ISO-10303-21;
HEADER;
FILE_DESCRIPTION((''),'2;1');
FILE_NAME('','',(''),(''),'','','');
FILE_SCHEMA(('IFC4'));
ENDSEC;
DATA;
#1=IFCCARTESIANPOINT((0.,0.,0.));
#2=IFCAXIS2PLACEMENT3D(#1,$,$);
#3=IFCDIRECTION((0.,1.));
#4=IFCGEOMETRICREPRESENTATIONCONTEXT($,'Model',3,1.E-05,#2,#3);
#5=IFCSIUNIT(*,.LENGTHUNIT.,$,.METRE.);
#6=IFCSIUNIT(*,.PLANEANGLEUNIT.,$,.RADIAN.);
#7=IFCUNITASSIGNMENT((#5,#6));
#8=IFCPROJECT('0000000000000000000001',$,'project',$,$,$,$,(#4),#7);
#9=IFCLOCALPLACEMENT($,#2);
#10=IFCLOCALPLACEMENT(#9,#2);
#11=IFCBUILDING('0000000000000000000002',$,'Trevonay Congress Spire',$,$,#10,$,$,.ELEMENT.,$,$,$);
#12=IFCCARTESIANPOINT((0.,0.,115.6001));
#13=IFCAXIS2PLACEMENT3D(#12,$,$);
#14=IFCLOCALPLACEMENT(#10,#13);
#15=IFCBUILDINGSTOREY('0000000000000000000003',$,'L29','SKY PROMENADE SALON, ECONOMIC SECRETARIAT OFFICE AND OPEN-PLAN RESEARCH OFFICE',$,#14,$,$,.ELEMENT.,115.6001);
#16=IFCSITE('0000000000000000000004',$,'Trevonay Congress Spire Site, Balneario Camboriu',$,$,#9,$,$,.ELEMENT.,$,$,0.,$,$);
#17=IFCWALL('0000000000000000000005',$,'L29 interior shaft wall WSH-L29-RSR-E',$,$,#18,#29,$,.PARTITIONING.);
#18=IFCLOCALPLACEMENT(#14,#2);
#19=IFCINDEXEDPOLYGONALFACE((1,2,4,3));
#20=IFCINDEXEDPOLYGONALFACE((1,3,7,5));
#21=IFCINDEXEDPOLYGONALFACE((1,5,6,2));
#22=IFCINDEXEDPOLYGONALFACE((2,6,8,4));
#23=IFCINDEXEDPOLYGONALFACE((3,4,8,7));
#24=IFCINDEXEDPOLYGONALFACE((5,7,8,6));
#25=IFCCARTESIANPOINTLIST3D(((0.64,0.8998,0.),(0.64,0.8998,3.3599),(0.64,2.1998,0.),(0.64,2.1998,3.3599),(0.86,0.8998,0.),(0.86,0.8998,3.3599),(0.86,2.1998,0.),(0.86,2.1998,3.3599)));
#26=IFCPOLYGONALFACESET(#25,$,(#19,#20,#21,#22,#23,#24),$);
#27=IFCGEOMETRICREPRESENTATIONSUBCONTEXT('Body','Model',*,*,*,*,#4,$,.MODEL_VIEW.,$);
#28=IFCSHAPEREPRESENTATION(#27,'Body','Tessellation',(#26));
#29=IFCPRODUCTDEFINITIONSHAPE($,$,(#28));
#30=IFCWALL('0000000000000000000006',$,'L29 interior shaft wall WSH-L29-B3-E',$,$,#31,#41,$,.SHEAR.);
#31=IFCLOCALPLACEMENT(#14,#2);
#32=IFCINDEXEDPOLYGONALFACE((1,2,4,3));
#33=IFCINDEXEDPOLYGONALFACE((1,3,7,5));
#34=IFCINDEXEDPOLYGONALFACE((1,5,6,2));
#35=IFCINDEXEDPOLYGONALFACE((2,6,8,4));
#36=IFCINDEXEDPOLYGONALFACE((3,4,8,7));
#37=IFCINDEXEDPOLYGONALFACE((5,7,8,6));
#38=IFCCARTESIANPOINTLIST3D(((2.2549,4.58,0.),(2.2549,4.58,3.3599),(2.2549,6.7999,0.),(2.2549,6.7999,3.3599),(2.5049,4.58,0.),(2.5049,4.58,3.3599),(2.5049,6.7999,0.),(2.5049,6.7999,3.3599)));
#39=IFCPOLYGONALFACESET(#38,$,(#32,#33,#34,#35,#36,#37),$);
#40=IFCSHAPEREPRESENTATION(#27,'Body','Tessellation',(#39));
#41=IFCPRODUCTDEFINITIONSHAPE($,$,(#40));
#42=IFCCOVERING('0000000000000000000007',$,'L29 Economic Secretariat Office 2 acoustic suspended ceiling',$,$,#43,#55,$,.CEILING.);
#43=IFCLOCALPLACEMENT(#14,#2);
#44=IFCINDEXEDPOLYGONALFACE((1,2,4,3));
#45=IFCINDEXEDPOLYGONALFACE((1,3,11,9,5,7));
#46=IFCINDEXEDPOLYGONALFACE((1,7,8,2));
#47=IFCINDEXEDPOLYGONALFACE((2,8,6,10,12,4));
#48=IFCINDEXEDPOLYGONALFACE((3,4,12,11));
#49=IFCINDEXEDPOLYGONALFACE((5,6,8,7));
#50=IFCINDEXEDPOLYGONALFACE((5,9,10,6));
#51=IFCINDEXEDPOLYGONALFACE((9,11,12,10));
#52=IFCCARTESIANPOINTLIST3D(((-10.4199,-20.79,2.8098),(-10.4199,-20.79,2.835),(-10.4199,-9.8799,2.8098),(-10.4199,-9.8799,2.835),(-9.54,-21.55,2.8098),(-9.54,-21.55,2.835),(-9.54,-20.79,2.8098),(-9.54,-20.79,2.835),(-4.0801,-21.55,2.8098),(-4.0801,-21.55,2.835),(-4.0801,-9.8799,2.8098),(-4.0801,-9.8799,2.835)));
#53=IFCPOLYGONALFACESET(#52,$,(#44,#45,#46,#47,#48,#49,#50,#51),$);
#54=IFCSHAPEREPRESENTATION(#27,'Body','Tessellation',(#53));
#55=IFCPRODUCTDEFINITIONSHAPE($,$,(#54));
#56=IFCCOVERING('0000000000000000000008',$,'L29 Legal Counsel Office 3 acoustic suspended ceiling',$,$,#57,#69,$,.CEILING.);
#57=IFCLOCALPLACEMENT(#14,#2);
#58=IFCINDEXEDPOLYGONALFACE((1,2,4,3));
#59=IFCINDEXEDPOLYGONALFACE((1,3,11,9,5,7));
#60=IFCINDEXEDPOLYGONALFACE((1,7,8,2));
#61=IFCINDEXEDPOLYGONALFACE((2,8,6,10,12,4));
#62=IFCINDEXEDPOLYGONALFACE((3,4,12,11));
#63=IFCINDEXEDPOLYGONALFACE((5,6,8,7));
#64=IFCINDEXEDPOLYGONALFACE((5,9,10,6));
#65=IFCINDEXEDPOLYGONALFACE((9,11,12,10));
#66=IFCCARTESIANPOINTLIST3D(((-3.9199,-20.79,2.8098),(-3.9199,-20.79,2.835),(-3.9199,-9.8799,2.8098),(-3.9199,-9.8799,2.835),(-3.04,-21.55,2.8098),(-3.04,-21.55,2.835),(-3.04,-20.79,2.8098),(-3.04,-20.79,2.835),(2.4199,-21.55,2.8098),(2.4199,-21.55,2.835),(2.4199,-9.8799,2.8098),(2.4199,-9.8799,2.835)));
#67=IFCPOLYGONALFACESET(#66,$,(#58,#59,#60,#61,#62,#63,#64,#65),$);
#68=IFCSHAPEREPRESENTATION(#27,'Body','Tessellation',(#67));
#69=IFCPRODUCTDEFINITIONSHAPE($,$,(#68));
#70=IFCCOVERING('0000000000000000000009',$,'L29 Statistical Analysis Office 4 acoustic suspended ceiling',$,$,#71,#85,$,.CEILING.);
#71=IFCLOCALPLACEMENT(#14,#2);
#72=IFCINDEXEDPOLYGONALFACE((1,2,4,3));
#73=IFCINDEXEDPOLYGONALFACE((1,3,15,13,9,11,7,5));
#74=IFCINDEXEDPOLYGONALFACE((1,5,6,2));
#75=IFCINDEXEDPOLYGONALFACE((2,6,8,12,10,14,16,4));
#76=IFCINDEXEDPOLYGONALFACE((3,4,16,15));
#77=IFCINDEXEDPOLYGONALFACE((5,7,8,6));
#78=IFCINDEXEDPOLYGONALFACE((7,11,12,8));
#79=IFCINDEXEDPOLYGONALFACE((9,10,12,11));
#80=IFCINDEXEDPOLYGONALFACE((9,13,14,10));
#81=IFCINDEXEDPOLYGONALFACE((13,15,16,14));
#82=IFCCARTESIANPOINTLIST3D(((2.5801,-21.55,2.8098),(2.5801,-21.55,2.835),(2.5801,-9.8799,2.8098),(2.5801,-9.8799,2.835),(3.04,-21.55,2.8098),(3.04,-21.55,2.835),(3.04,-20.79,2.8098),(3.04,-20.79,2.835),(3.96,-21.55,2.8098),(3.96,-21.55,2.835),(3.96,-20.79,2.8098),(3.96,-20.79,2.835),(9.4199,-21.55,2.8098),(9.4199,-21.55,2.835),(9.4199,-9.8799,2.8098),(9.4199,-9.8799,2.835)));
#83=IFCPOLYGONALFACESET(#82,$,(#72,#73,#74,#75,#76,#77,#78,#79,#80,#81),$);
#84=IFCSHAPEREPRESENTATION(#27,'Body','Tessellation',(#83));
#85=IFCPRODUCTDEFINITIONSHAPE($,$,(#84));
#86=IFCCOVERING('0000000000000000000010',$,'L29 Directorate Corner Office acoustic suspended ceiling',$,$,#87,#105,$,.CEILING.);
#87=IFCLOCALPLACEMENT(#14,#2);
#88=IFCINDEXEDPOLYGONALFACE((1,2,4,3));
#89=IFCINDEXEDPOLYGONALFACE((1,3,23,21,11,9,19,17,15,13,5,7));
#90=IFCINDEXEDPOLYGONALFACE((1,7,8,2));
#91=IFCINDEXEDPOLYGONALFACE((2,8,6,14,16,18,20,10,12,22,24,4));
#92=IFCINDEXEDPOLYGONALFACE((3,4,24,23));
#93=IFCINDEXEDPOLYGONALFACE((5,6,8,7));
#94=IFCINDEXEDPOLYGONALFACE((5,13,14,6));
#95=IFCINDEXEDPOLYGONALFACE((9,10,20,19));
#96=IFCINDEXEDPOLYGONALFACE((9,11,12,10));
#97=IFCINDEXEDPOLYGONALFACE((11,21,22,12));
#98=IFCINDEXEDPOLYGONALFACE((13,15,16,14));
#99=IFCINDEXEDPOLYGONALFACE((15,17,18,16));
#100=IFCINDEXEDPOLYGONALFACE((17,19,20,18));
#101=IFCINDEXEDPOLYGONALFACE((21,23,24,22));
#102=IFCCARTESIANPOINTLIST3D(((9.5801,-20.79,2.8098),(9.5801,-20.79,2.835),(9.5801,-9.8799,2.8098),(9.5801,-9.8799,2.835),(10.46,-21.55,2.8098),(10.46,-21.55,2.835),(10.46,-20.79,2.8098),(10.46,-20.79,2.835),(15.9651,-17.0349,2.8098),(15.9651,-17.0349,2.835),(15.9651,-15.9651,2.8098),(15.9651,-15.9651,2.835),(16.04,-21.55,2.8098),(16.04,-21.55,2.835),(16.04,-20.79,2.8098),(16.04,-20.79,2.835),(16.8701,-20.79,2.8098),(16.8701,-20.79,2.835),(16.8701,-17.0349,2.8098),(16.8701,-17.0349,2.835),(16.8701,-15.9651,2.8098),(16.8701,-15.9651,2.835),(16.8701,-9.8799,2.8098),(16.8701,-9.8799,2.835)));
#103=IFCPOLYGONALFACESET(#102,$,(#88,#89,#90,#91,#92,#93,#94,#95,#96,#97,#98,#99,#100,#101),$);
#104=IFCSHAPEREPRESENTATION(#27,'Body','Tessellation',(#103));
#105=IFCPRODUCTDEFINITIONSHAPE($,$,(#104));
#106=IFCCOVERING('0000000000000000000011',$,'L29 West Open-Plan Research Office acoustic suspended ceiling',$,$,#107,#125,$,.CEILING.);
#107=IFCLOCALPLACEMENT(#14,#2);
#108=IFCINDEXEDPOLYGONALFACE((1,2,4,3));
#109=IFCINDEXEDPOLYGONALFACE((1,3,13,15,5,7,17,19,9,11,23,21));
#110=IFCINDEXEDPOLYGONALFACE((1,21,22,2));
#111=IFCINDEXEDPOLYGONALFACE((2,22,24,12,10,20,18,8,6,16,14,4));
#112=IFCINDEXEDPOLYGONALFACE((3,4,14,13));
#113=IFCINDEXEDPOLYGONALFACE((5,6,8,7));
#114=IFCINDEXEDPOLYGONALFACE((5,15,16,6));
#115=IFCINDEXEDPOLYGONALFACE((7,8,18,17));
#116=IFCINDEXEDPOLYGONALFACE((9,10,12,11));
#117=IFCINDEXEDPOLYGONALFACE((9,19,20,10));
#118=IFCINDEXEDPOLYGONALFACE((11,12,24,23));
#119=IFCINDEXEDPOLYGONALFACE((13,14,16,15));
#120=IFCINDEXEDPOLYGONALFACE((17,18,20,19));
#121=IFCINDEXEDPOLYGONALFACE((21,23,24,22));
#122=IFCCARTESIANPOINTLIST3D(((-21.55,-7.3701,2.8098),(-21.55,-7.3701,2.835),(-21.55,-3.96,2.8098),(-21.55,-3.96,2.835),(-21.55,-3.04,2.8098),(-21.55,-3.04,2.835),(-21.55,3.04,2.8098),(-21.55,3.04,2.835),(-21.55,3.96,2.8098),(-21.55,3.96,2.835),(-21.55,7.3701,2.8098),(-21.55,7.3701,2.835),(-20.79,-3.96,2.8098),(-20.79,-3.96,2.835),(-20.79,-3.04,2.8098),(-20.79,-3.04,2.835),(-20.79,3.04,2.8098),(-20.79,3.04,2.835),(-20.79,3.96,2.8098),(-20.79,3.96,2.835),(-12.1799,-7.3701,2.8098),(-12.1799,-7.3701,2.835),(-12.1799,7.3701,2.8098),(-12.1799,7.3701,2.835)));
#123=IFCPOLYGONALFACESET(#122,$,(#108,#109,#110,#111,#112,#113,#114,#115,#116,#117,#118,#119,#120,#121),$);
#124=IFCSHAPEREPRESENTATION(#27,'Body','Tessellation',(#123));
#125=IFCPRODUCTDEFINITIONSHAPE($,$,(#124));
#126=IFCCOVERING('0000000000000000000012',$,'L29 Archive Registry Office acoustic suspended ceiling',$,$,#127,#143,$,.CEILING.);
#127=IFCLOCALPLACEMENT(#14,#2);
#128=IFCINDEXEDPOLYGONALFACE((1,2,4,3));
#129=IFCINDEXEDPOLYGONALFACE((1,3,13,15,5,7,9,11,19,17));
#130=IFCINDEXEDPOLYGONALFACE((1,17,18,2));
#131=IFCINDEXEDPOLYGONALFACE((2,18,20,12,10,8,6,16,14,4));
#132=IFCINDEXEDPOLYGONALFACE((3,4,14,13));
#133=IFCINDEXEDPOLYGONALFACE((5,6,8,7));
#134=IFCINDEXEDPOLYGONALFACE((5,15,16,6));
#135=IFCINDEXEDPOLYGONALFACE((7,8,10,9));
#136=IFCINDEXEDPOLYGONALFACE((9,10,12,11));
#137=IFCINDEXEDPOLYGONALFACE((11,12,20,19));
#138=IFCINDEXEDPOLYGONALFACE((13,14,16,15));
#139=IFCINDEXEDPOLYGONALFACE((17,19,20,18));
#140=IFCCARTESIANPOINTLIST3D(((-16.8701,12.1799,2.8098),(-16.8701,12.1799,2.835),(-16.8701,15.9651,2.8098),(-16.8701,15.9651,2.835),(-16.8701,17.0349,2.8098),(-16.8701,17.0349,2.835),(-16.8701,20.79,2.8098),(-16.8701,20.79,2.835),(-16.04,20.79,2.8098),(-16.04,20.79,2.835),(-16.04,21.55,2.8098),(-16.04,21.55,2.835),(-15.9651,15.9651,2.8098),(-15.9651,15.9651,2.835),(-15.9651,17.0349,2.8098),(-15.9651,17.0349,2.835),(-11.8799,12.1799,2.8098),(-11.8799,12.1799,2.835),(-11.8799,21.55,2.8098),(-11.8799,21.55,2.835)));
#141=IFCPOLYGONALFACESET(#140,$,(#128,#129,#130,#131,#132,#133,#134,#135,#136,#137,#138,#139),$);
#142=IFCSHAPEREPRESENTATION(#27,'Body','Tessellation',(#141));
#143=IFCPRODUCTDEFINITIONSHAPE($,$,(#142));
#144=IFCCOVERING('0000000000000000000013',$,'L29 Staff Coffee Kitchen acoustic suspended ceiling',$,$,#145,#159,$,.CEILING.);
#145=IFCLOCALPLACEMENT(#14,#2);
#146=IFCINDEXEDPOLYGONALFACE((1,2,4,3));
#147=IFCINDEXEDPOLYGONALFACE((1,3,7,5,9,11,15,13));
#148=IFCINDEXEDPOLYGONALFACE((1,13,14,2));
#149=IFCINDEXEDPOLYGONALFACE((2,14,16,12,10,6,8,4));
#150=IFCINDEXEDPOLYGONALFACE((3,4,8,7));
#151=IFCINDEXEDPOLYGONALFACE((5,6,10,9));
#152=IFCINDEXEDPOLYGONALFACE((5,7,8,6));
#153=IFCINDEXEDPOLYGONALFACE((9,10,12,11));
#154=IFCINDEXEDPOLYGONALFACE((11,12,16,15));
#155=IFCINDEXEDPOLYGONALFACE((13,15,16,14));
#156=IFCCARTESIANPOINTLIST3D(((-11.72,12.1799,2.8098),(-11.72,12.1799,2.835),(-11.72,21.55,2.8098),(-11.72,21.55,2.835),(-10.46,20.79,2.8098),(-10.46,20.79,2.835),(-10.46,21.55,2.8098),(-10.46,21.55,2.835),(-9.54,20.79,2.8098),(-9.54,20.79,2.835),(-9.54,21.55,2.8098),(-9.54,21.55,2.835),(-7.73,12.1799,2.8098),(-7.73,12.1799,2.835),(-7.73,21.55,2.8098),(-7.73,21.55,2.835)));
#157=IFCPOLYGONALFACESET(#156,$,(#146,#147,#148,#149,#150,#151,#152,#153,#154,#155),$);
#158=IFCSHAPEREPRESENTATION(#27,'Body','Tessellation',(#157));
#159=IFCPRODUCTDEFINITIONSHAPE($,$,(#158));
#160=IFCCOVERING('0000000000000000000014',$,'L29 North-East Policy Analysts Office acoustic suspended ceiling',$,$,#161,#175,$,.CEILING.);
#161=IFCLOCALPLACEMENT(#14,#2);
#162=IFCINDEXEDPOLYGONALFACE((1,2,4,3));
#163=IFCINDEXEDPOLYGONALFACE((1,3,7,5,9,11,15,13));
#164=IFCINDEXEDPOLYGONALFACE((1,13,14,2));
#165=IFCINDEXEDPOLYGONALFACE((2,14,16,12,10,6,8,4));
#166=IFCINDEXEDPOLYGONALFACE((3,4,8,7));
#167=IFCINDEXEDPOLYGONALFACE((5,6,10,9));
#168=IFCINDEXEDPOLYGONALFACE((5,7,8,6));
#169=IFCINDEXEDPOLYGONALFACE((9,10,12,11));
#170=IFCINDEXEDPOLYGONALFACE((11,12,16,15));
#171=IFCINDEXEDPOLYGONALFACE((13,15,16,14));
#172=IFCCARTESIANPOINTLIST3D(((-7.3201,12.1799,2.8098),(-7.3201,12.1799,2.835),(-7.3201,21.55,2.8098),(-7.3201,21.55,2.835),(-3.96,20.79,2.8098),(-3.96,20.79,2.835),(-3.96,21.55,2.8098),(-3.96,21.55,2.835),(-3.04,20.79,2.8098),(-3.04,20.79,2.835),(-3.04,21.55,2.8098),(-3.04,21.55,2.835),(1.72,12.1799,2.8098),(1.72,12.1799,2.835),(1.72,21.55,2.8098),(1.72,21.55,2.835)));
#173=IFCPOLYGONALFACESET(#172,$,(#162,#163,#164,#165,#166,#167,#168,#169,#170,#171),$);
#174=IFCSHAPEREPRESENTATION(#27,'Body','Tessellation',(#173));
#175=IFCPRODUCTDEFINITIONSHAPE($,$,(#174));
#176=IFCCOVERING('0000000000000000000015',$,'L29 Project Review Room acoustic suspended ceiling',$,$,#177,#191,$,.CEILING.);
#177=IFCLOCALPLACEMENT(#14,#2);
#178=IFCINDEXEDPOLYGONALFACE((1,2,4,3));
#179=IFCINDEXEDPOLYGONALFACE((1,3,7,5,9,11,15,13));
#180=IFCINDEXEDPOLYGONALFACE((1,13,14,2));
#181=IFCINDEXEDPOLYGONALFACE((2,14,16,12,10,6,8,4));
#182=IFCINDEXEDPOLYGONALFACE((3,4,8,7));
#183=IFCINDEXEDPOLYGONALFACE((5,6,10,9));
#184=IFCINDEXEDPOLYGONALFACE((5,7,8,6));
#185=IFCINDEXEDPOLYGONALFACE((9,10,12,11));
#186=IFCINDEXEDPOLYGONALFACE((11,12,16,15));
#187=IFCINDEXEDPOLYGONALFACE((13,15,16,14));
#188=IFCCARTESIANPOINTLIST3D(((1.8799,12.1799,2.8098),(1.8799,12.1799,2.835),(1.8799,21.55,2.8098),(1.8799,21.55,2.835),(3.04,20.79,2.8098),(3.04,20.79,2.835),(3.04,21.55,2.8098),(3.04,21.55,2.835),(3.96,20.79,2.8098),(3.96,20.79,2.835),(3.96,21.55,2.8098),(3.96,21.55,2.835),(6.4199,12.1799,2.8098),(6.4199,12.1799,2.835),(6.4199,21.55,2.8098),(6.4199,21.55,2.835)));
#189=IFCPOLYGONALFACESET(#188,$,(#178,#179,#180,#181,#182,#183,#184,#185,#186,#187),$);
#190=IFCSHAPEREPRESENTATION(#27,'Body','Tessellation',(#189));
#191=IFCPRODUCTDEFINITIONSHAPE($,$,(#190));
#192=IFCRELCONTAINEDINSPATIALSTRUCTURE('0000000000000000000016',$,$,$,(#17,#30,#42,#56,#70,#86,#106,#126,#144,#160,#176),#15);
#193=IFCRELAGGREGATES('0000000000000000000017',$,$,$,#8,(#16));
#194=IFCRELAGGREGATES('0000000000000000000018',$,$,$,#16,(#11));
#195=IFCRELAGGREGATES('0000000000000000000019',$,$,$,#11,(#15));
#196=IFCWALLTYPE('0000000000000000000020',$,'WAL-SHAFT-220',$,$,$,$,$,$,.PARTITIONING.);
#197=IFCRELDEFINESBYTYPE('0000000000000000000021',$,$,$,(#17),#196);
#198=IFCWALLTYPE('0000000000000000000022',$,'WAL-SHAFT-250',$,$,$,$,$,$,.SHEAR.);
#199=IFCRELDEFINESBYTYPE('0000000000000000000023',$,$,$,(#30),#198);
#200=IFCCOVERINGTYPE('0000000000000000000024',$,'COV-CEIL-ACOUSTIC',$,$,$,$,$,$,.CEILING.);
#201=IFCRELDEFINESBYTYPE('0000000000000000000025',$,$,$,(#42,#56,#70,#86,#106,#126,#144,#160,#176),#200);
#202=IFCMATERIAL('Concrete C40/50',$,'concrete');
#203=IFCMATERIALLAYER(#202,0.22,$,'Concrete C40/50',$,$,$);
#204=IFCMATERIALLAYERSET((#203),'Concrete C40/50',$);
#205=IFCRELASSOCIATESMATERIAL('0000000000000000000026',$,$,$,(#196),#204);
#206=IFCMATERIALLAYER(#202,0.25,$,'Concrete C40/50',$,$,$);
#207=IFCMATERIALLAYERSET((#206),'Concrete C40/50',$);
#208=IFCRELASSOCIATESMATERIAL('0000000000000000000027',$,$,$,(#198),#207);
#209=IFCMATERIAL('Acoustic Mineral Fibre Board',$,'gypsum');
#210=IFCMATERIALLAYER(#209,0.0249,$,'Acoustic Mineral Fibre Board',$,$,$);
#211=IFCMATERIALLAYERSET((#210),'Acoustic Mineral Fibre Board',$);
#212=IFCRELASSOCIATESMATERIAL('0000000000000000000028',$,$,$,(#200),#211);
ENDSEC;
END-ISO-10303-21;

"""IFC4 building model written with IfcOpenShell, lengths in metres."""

from ifc_helpers import new_model, si_unit, direction, frame, frame_2d, origin, place, context, subcontext, project, spatial, polyline, rectangle, outline, extrude, material, layer, layer_set, type_object, element, save


model = new_model("IFC4")

# Units and contexts
model_context = context("Model", 3, precision=1e-05, world=origin(), true_north=direction((0.0, 1.0)))
body_context = subcontext(model_context, "Body", "Model", "MODEL_VIEW")
ifc_project = project(units=[si_unit("LENGTHUNIT", "METRE"), si_unit("PLANEANGLEUNIT", "RADIAN")], contexts=[model_context])

# Site, building, storey
site_placement = place(None, origin())
site = spatial("IfcSite", under=ifc_project, at=site_placement, Name="Trevonay Congress Spire Site, Balneario Camboriu", CompositionType="ELEMENT", RefElevation=0.0)
building_placement = place(site_placement, origin())
building = spatial("IfcBuilding", under=site, at=building_placement, Name="Trevonay Congress Spire", CompositionType="ELEMENT")
storey_placement = place(building_placement, frame((0.0, 0.0, 115.6001)))
storey = spatial("IfcBuildingStorey", under=building, at=storey_placement, Name="L29", Description="SKY PROMENADE SALON, ECONOMIC SECRETARIAT OFFICE AND OPEN-PLAN RESEARCH OFFICE", CompositionType="ELEMENT", Elevation=115.6001)

# Walls
ifc_material_1 = material(Name="Concrete C40/50", Category="concrete")
ifc_layer_1 = layer(ifc_material_1, 0.22, Name="Concrete C40/50")
ifc_layer_set_1 = layer_set([ifc_layer_1], Name="Concrete C40/50")
wall_type_1 = type_object("IfcWallType", Name="WAL-SHAFT-220", PredefinedType="PARTITIONING", material=ifc_layer_set_1)
wall_1_placement = place(storey_placement, frame((0.75, 0.8999, 0.0), z_axis=(0.0, 0.0, 1.0), x_axis=(0.0, 1.0, 0.0)))
element("IfcWall", 1, at=wall_1_placement, inside=storey, type_object=wall_type_1, Name="L29 interior shaft wall WSH-L29-RSR-E", PredefinedType="PARTITIONING", context=body_context, shape_type="SweptSolid", body=[
    extrude(rectangle(XDim=1.3, YDim=0.22, at=frame_2d((0.6499, 0.0))), origin(), (0.0, 0.0, 1.0), 3.3599),
])
ifc_layer_2 = layer(ifc_material_1, 0.25, Name="Concrete C40/50")
ifc_layer_set_2 = layer_set([ifc_layer_2], Name="Concrete C40/50")
wall_type_2 = type_object("IfcWallType", Name="WAL-SHAFT-250", PredefinedType="SHEAR", material=ifc_layer_set_2)
wall_2_placement = place(storey_placement, frame((2.3799, 4.5801, 0.0), z_axis=(0.0, 0.0, 1.0), x_axis=(0.0, 1.0, 0.0)))
element("IfcWall", 2, at=wall_2_placement, inside=storey, type_object=wall_type_2, Name="L29 interior shaft wall WSH-L29-B3-E", PredefinedType="SHEAR", context=body_context, shape_type="SweptSolid", body=[
    extrude(rectangle(XDim=2.22, YDim=0.25, at=frame_2d((1.1099, 0.0))), origin(), (0.0, 0.0, 1.0), 3.3599),
])

# Coverings
ifc_material_2 = material(Name="Acoustic Mineral Fibre Board", Category="gypsum")
ifc_layer_3 = layer(ifc_material_2, 0.0249, Name="Acoustic Mineral Fibre Board")
ifc_layer_set_3 = layer_set([ifc_layer_3], Name="Acoustic Mineral Fibre Board")
covering_type_1 = type_object("IfcCoveringType", Name="COV-CEIL-ACOUSTIC", PredefinedType="CEILING", material=ifc_layer_set_3)
covering_1_placement = place(storey_placement, frame((0.0, 0.0, 2.8098)))
element("IfcCovering", 3, at=covering_1_placement, inside=storey, type_object=covering_type_1, Name="L29 Economic Secretariat Office 2 acoustic suspended ceiling", PredefinedType="CEILING", context=body_context, shape_type="SweptSolid", body=[
    extrude(outline(polyline([(-10.4199, -9.8799), (-4.0801, -9.8799), (-4.0801, -21.55), (-9.54, -21.55), (-9.54, -20.79), (-10.4199, -20.79), (-10.4199, -9.8799)])), origin(), (0.0, 0.0, 1.0), 0.0251),
])
covering_2_placement = place(storey_placement, frame((0.0, 0.0, 2.8098)))
element("IfcCovering", 4, at=covering_2_placement, inside=storey, type_object=covering_type_1, Name="L29 Legal Counsel Office 3 acoustic suspended ceiling", PredefinedType="CEILING", context=body_context, shape_type="SweptSolid", body=[
    extrude(outline(polyline([(-3.9199, -9.8799), (2.4199, -9.8799), (2.4199, -21.55), (-3.04, -21.55), (-3.04, -20.79), (-3.9199, -20.79), (-3.9199, -9.8799)])), origin(), (0.0, 0.0, 1.0), 0.0251),
])
covering_3_placement = place(storey_placement, frame((0.0, 0.0, 2.8098)))
element("IfcCovering", 5, at=covering_3_placement, inside=storey, type_object=covering_type_1, Name="L29 Statistical Analysis Office 4 acoustic suspended ceiling", PredefinedType="CEILING", context=body_context, shape_type="SweptSolid", body=[
    extrude(outline(polyline([(2.5801, -21.55), (2.5801, -9.8799), (9.4199, -9.8799), (9.4199, -21.55), (3.96, -21.55), (3.96, -20.79), (3.04, -20.79), (3.04, -21.55), (2.5801, -21.55)])), origin(), (0.0, 0.0, 1.0), 0.0251),
])
covering_4_placement = place(storey_placement, frame((0.0, 0.0, 2.8098)))
element("IfcCovering", 6, at=covering_4_placement, inside=storey, type_object=covering_type_1, Name="L29 Directorate Corner Office acoustic suspended ceiling", PredefinedType="CEILING", context=body_context, shape_type="SweptSolid", body=[
    extrude(outline(polyline([(10.46, -21.55), (10.46, -20.79), (9.5801, -20.79), (9.5801, -9.8799), (16.8701, -9.8799), (16.8701, -15.9651), (15.9651, -15.9651), (15.9651, -17.0349), (16.8701, -17.0349), (16.8701, -20.79), (16.04, -20.79), (16.04, -21.55), (10.46, -21.55)])), origin(), (0.0, 0.0, 1.0), 0.0251),
])
covering_5_placement = place(storey_placement, frame((0.0, 0.0, 2.8098)))
element("IfcCovering", 7, at=covering_5_placement, inside=storey, type_object=covering_type_1, Name="L29 West Open-Plan Research Office acoustic suspended ceiling", PredefinedType="CEILING", context=body_context, shape_type="SweptSolid", body=[
    extrude(outline(polyline([(-21.55, 7.3701), (-12.1799, 7.3701), (-12.1799, -7.3701), (-21.55, -7.3701), (-21.55, -3.96), (-20.79, -3.96), (-20.79, -3.04), (-21.55, -3.04), (-21.55, 3.04), (-20.79, 3.04), (-20.79, 3.96), (-21.55, 3.96), (-21.55, 7.3701)])), origin(), (0.0, 0.0, 1.0), 0.0251),
])
covering_6_placement = place(storey_placement, frame((0.0, 0.0, 2.8098)))
element("IfcCovering", 8, at=covering_6_placement, inside=storey, type_object=covering_type_1, Name="L29 Archive Registry Office acoustic suspended ceiling", PredefinedType="CEILING", context=body_context, shape_type="SweptSolid", body=[
    extrude(outline(polyline([(-11.8799, 21.55), (-11.8799, 12.1799), (-16.8701, 12.1799), (-16.8701, 15.9651), (-15.9651, 15.9651), (-15.9651, 17.0349), (-16.8701, 17.0349), (-16.8701, 20.79), (-16.04, 20.79), (-16.04, 21.55), (-11.8799, 21.55)])), origin(), (0.0, 0.0, 1.0), 0.0251),
])
covering_7_placement = place(storey_placement, frame((0.0, 0.0, 2.8098)))
element("IfcCovering", 9, at=covering_7_placement, inside=storey, type_object=covering_type_1, Name="L29 Staff Coffee Kitchen acoustic suspended ceiling", PredefinedType="CEILING", context=body_context, shape_type="SweptSolid", body=[
    extrude(outline(polyline([(-7.73, 21.55), (-7.73, 12.1799), (-11.72, 12.1799), (-11.72, 21.55), (-10.46, 21.55), (-10.46, 20.79), (-9.54, 20.79), (-9.54, 21.55), (-7.73, 21.55)])), origin(), (0.0, 0.0, 1.0), 0.0251),
])
covering_8_placement = place(storey_placement, frame((0.0, 0.0, 2.8098)))
element("IfcCovering", 10, at=covering_8_placement, inside=storey, type_object=covering_type_1, Name="L29 North-East Policy Analysts Office acoustic suspended ceiling", PredefinedType="CEILING", context=body_context, shape_type="SweptSolid", body=[
    extrude(outline(polyline([(1.72, 21.55), (1.72, 12.1799), (-7.3201, 12.1799), (-7.3201, 21.55), (-3.96, 21.55), (-3.96, 20.79), (-3.04, 20.79), (-3.04, 21.55), (1.72, 21.55)])), origin(), (0.0, 0.0, 1.0), 0.0251),
])
covering_9_placement = place(storey_placement, frame((0.0, 0.0, 2.8098)))
element("IfcCovering", 11, at=covering_9_placement, inside=storey, type_object=covering_type_1, Name="L29 Project Review Room acoustic suspended ceiling", PredefinedType="CEILING", context=body_context, shape_type="SweptSolid", body=[
    extrude(outline(polyline([(6.4199, 21.55), (6.4199, 12.1799), (1.8799, 12.1799), (1.8799, 21.55), (3.04, 21.55), (3.04, 20.79), (3.96, 20.79), (3.96, 21.55), (6.4199, 21.55)])), origin(), (0.0, 0.0, 1.0), 0.0251),
])

save(model, "model.ifc")
